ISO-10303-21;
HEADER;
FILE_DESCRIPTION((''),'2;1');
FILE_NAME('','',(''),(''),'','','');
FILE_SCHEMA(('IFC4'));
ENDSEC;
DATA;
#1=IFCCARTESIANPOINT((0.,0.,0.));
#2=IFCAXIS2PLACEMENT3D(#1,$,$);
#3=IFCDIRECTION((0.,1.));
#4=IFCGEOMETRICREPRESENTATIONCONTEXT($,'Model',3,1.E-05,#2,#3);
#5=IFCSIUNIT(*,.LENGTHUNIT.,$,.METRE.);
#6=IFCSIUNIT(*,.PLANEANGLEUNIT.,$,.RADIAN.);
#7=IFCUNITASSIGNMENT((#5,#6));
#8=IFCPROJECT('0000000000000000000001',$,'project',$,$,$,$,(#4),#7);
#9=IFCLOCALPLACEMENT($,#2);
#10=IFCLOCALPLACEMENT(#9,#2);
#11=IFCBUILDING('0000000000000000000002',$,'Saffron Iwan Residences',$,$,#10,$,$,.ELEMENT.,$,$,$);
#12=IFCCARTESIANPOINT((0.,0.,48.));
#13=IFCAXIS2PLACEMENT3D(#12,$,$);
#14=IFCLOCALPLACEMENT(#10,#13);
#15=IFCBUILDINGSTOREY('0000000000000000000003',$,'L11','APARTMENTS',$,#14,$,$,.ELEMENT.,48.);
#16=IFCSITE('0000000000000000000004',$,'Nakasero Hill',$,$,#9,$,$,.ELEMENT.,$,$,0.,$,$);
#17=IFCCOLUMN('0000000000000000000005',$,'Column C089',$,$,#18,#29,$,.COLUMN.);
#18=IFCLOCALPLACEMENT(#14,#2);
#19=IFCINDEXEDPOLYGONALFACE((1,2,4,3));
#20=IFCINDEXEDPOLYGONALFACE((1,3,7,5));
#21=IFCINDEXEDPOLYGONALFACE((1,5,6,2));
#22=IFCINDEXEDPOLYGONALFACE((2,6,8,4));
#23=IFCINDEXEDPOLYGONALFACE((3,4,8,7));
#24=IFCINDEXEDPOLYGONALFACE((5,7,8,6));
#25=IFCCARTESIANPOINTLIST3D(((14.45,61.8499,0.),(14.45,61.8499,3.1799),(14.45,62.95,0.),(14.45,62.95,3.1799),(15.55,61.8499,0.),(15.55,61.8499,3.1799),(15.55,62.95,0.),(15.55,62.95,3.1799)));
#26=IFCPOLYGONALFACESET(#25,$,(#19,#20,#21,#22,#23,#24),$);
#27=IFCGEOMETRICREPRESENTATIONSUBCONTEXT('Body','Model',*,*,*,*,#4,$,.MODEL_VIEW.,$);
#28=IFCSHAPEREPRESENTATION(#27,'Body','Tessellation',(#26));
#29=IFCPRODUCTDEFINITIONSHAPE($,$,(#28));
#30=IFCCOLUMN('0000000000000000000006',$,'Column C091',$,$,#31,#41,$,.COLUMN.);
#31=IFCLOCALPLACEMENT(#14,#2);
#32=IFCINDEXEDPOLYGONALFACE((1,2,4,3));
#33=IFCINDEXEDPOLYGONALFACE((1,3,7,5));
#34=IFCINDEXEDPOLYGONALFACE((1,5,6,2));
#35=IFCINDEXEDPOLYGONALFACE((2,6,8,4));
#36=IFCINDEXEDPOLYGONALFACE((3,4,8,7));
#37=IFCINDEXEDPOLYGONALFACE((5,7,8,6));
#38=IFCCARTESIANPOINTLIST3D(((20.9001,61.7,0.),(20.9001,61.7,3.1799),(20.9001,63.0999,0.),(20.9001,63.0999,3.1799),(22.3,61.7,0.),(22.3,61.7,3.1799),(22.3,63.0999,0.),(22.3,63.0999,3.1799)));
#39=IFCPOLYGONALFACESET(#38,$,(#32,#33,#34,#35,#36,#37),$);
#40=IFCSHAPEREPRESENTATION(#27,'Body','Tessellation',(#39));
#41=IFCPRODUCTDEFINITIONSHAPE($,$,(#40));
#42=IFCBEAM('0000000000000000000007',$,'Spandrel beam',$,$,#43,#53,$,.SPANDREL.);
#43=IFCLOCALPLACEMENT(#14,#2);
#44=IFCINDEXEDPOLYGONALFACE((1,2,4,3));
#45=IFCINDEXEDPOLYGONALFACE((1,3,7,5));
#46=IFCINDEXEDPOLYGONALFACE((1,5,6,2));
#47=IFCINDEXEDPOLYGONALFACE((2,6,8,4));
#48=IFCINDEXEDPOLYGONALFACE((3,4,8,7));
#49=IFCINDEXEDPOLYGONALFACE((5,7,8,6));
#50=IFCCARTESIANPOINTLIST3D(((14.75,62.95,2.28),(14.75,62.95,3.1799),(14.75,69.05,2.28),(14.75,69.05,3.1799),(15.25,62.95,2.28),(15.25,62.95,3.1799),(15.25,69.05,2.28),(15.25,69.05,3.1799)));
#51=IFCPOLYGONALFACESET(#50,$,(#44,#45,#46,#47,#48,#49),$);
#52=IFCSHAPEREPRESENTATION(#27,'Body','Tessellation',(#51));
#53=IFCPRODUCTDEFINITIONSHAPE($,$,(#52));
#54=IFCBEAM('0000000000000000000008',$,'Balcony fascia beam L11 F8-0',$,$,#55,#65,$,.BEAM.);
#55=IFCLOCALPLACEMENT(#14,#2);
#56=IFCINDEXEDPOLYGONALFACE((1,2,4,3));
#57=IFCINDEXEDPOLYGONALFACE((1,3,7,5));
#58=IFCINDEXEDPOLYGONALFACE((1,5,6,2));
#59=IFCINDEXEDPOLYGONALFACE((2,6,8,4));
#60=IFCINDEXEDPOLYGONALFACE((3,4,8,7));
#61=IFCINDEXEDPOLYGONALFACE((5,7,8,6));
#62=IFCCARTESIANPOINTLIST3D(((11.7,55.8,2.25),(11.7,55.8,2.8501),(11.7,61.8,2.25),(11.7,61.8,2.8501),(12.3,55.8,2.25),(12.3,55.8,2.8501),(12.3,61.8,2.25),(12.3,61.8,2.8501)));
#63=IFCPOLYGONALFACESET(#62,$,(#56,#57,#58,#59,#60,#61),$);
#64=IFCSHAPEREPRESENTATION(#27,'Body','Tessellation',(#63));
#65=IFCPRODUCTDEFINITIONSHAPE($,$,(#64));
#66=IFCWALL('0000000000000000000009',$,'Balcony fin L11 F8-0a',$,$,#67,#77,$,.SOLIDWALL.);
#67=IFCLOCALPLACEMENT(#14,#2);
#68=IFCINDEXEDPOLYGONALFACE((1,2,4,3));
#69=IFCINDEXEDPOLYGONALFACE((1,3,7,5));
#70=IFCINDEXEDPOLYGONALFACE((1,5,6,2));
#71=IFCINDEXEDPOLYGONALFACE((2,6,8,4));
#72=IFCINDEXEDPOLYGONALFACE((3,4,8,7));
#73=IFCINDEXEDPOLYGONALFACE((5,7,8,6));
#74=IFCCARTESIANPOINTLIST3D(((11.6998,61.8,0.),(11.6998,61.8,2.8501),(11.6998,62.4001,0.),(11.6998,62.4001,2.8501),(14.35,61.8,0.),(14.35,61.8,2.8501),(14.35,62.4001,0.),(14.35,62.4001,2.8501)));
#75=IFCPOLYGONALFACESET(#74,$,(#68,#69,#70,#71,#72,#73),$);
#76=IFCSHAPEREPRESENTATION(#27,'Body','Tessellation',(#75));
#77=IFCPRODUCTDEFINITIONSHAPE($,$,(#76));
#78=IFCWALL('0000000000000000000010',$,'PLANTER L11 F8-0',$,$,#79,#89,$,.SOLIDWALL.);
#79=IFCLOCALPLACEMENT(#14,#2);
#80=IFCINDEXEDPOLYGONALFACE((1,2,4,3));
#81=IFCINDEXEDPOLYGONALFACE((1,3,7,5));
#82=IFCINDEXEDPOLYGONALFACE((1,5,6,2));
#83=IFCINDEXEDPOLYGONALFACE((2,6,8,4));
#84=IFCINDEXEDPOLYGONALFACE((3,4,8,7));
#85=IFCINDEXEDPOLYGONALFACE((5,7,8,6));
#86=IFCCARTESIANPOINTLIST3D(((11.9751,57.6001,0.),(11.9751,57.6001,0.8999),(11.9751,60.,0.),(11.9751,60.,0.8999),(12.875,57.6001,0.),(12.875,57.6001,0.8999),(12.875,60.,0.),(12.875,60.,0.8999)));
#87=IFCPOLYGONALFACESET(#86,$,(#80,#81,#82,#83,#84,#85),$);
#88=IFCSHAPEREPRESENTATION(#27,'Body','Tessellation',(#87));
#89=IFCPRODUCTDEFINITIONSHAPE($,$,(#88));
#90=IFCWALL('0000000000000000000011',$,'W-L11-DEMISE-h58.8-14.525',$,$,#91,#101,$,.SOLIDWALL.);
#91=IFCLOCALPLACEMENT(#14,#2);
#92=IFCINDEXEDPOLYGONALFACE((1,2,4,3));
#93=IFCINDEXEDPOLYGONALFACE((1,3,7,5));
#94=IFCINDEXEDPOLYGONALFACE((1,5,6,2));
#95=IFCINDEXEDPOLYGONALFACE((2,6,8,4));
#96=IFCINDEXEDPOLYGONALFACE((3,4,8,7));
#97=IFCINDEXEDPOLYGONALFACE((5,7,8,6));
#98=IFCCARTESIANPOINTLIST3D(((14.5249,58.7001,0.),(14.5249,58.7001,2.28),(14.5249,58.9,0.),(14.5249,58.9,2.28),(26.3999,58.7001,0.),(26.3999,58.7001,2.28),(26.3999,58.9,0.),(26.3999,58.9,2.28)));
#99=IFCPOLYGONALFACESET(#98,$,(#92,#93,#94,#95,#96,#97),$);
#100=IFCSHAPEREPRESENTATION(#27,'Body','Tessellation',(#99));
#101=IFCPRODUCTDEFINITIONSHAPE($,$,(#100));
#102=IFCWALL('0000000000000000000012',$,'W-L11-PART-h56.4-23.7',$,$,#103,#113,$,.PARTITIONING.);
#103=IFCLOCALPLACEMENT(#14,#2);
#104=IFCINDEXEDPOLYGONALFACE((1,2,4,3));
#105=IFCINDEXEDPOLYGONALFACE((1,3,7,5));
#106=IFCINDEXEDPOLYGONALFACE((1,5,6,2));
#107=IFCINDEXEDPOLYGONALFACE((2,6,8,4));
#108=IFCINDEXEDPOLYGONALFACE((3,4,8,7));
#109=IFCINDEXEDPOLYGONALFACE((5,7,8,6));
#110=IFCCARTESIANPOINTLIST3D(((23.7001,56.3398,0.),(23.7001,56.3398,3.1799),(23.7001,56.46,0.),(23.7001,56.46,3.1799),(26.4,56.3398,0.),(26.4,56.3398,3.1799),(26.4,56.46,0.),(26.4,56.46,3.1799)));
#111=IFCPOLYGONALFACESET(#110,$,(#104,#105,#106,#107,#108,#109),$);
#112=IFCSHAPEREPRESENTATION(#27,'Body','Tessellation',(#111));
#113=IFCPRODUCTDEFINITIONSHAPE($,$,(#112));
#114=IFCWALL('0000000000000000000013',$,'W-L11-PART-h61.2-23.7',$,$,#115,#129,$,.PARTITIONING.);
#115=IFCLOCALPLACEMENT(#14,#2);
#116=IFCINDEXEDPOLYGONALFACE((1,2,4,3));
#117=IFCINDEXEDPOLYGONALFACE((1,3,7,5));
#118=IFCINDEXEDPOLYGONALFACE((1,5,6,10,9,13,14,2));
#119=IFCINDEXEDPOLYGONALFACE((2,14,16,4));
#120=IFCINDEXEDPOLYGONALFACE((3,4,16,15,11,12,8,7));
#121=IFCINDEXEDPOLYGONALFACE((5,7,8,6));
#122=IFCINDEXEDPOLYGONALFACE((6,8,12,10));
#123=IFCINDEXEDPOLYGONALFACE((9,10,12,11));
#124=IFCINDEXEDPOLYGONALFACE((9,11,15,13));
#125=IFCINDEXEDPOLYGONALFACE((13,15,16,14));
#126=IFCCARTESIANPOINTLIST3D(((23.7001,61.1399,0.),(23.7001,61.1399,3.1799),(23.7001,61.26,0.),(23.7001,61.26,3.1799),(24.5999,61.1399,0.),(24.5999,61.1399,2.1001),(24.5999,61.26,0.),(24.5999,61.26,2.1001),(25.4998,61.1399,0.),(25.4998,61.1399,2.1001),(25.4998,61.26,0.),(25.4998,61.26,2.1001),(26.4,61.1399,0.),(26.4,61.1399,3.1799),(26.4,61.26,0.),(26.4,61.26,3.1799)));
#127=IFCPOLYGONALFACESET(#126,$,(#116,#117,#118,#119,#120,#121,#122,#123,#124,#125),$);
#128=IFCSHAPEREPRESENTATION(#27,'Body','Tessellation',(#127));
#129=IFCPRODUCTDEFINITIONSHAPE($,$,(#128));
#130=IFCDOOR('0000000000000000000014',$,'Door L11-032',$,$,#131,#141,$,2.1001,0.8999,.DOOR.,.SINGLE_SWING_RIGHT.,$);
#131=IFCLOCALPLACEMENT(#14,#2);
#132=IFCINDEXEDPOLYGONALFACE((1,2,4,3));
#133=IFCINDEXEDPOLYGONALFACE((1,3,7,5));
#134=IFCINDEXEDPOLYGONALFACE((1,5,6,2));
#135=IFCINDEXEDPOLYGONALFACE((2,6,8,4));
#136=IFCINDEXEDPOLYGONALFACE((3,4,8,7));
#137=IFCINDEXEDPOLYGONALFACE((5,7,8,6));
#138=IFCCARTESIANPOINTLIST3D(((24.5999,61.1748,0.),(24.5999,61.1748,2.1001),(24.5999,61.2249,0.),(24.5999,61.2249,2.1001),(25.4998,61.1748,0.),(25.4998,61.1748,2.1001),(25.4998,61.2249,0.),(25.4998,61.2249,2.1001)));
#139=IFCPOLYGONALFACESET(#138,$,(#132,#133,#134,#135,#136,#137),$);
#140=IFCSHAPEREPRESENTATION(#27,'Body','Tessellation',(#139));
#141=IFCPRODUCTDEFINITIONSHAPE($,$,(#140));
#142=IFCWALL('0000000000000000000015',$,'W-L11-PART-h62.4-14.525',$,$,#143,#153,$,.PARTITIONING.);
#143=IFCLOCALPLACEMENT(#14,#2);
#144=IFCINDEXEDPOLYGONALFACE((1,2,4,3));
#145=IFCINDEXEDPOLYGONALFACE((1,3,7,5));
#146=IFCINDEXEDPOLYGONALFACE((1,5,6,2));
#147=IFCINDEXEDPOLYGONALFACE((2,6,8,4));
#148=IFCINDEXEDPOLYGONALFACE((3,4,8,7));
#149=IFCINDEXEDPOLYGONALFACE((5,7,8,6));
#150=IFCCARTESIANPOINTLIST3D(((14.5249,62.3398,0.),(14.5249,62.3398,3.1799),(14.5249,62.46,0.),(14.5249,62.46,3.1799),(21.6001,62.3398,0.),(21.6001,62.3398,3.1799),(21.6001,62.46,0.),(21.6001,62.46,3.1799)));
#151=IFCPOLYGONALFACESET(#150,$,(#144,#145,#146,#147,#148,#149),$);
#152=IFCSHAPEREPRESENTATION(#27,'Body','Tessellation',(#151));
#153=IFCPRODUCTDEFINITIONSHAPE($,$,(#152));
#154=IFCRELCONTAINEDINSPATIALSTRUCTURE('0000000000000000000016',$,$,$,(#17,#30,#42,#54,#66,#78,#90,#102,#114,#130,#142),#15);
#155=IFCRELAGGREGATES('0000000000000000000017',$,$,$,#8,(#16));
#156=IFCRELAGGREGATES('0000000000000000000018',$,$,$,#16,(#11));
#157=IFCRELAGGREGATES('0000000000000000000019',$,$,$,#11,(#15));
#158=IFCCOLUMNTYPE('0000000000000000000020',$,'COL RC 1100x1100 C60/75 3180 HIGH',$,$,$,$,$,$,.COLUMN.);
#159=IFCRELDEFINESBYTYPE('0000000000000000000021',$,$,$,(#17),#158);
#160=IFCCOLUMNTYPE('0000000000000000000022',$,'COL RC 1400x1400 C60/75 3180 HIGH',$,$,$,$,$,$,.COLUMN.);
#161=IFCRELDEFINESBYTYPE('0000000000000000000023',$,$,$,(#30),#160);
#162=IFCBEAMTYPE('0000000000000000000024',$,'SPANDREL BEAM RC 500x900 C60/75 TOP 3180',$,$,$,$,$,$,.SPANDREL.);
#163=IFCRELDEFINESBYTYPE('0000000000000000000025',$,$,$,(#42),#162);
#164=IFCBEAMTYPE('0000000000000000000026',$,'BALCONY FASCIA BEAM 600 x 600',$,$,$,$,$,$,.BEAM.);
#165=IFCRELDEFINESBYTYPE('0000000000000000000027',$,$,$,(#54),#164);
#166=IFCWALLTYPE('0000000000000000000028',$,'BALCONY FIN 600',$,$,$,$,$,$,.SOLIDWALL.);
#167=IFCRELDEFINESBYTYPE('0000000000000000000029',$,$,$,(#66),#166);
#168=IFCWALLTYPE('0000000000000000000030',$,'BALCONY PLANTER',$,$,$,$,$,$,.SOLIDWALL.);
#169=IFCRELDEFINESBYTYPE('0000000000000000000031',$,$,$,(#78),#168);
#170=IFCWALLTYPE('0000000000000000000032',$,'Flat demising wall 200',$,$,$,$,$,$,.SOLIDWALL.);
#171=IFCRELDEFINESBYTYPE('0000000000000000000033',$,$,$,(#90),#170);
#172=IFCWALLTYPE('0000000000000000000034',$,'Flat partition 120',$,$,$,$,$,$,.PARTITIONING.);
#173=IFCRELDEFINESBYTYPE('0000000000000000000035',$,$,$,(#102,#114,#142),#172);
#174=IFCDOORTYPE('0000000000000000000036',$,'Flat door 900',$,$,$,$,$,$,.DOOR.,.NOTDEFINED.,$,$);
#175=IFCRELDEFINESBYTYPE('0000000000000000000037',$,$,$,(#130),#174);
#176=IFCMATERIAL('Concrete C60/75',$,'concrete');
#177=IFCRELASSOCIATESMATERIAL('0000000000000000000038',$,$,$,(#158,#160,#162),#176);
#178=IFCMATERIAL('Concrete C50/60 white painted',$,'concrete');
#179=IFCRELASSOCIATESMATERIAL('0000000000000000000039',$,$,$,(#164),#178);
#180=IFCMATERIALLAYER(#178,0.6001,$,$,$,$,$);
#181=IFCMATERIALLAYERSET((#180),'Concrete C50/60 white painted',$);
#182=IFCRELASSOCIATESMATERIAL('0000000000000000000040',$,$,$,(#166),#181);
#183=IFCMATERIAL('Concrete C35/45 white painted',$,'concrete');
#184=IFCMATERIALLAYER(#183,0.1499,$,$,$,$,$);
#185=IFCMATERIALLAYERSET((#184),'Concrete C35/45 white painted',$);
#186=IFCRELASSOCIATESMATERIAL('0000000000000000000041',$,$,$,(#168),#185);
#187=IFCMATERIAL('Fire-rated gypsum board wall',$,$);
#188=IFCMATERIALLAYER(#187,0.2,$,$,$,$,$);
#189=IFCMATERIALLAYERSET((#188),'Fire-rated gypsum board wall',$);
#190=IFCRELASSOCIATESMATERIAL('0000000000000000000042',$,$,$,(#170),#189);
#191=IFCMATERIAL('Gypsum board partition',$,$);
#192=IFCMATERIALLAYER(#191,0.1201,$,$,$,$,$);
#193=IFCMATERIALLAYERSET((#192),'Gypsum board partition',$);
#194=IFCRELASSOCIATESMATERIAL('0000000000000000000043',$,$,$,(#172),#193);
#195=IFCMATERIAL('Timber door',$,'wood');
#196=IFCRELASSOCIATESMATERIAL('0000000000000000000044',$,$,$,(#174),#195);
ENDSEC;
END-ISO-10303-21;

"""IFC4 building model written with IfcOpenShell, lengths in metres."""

from ifc_helpers import new_model, si_unit, direction, frame, frame_2d, origin, origin_2d, place, context, subcontext, project, spatial, rectangle, extrude, source, transform, mapped, material, layer, layer_set, material_profile, profile_set, type_object, element, fill, save


model = new_model("IFC4")

# Units and contexts
model_context = context("Model", 3, precision=1e-05, world=origin(), true_north=direction((0.0, 1.0)))
body_context = subcontext(model_context, "Body", "Model", "MODEL_VIEW")
ifc_project = project(units=[si_unit("LENGTHUNIT", "METRE"), si_unit("PLANEANGLEUNIT", "RADIAN")], contexts=[model_context])

# Site, building, storey
site_placement = place(None, origin())
site = spatial("IfcSite", under=ifc_project, at=site_placement, Name="Nakasero Hill", CompositionType="ELEMENT", RefElevation=0.0)
building_placement = place(site_placement, origin())
building = spatial("IfcBuilding", under=site, at=building_placement, Name="Saffron Iwan Residences", CompositionType="ELEMENT")
storey_placement = place(building_placement, frame((0.0, 0.0, 48.0)))
storey = spatial("IfcBuildingStorey", under=building, at=storey_placement, Name="L11", Description="APARTMENTS", CompositionType="ELEMENT", Elevation=48.0)

# Columns
ifc_material_1 = material(Name="Concrete C60/75", Category="concrete")
ifc_material_profile_1 = material_profile(ifc_material_1, rectangle(XDim=1.1001, YDim=1.1001, at=origin_2d()), Name="RC 1100x1100")
ifc_profile_set_1 = profile_set([ifc_material_profile_1], Name="Concrete C60/75")
column_type_1 = type_object("IfcColumnType", Name="COL RC 1100x1100 C60/75 3180 HIGH", PredefinedType="COLUMN", material=ifc_profile_set_1)
shared_shape_1 = source(origin(), body_context, "Body", "SweptSolid", [
    extrude(rectangle(XDim=1.1001, YDim=1.1001, at=origin_2d()), origin(), (0.0, 0.0, 1.0), 3.1799),
])
column_1_placement = place(storey_placement, frame((15.0, 62.3999, 0.0), z_axis=(0.0, 0.0, 1.0), x_axis=(1.0, 0.0, 0.0)))
element("IfcColumn", 1, at=column_1_placement, inside=storey, type_object=column_type_1, Name="Column C089", PredefinedType="COLUMN", context=body_context, shape_type="MappedRepresentation", body=[
    mapped(shared_shape_1, transform((0.0, 0.0, 0.0))),
])
ifc_material_profile_2 = material_profile(ifc_material_1, rectangle(XDim=1.3999, YDim=1.3999, at=origin_2d()), Name="RC 1400x1400")
ifc_profile_set_2 = profile_set([ifc_material_profile_2], Name="Concrete C60/75")
column_type_2 = type_object("IfcColumnType", Name="COL RC 1400x1400 C60/75 3180 HIGH", PredefinedType="COLUMN", material=ifc_profile_set_2)
shared_shape_2 = source(origin(), body_context, "Body", "SweptSolid", [
    extrude(rectangle(XDim=1.3999, YDim=1.3999, at=origin_2d()), origin(), (0.0, 0.0, 1.0), 3.1799),
])
column_2_placement = place(storey_placement, frame((21.6001, 62.3999, 0.0), z_axis=(0.0, 0.0, 1.0), x_axis=(1.0, 0.0, 0.0)))
element("IfcColumn", 2, at=column_2_placement, inside=storey, type_object=column_type_2, Name="Column C091", PredefinedType="COLUMN", context=body_context, shape_type="MappedRepresentation", body=[
    mapped(shared_shape_2, transform((0.0, 0.0, 0.0))),
])

# Beams
ifc_material_profile_3 = material_profile(ifc_material_1, rectangle(XDim=0.5, YDim=0.8999, at=origin_2d()), Name="RC 500x900")
ifc_profile_set_3 = profile_set([ifc_material_profile_3], Name="Concrete C60/75")
beam_type_1 = type_object("IfcBeamType", Name="SPANDREL BEAM RC 500x900 C60/75 TOP 3180", PredefinedType="SPANDREL", material=ifc_profile_set_3)
shared_shape_3 = source(origin(), body_context, "Body", "SweptSolid", [
    extrude(rectangle(XDim=0.5, YDim=0.8999, at=origin_2d()), origin(), (0.0, 0.0, 1.0), 6.1001),
])
beam_1_placement = place(storey_placement, frame((15.0, 62.95, 2.73), z_axis=(0.0, 1.0, 0.0), x_axis=(-1.0, 0.0, 0.0)))
element("IfcBeam", 3, at=beam_1_placement, inside=storey, type_object=beam_type_1, Name="Spandrel beam", PredefinedType="SPANDREL", context=body_context, shape_type="MappedRepresentation", body=[
    mapped(shared_shape_3, transform((0.0, 0.0, 0.0))),
])
ifc_material_2 = material(Name="Concrete C50/60 white painted", Category="concrete")
ifc_material_profile_4 = material_profile(ifc_material_2, rectangle(XDim=0.6001, YDim=0.6001, at=origin_2d()), Name="BALCONY FASCIA BEAM 600 x 600")
ifc_profile_set_4 = profile_set([ifc_material_profile_4], Name="Concrete C50/60 white painted")
beam_type_2 = type_object("IfcBeamType", Name="BALCONY FASCIA BEAM 600 x 600", PredefinedType="BEAM", material=ifc_profile_set_4)
shared_shape_4 = source(origin(), body_context, "Body", "SweptSolid", [
    extrude(rectangle(XDim=0.6001, YDim=0.6001, at=origin_2d()), origin(), (0.0, 0.0, 1.0), 6.0),
])
beam_2_placement = place(storey_placement, frame((12.0, 61.8, 2.55), z_axis=(0.0, -1.0, 0.0), x_axis=(1.0, 0.0, 0.0)))
element("IfcBeam", 4, at=beam_2_placement, inside=storey, type_object=beam_type_2, Name="Balcony fascia beam L11 F8-0", PredefinedType="BEAM", context=body_context, shape_type="MappedRepresentation", body=[
    mapped(shared_shape_4, transform((0.0, 0.0, 0.0))),
])

# Walls
ifc_layer_1 = layer(ifc_material_2, 0.6001)
ifc_layer_set_1 = layer_set([ifc_layer_1], Name="Concrete C50/60 white painted")
wall_type_1 = type_object("IfcWallType", Name="BALCONY FIN 600", PredefinedType="SOLIDWALL", material=ifc_layer_set_1)
wall_1_placement = place(storey_placement, frame((14.3501, 62.1001, 0.0), z_axis=(0.0, 0.0, 1.0), x_axis=(-1.0, 0.0, 0.0)))
element("IfcWall", 5, at=wall_1_placement, inside=storey, type_object=wall_type_1, Name="Balcony fin L11 F8-0a", PredefinedType="SOLIDWALL", context=body_context, shape_type="SweptSolid", body=[
    extrude(rectangle(XDim=2.6501, YDim=0.6001, at=frame_2d((1.3252, 0.0))), origin(), (0.0, 0.0, 1.0), 2.8501),
])
ifc_material_3 = material(Name="Concrete C35/45 white painted", Category="concrete")
ifc_layer_2 = layer(ifc_material_3, 0.1499)
ifc_layer_set_2 = layer_set([ifc_layer_2], Name="Concrete C35/45 white painted")
wall_type_2 = type_object("IfcWallType", Name="BALCONY PLANTER", PredefinedType="SOLIDWALL", material=ifc_layer_set_2)
wall_2_placement = place(storey_placement, frame((12.425, 60.0, 0.0), z_axis=(0.0, 0.0, 1.0), x_axis=(0.0, -1.0, 0.0)))
element("IfcWall", 6, at=wall_2_placement, inside=storey, type_object=wall_type_2, Name="PLANTER L11 F8-0", PredefinedType="SOLIDWALL", context=body_context, shape_type="SweptSolid", body=[
    extrude(rectangle(XDim=2.3999, YDim=0.8999, at=frame_2d((1.2, 0.0))), origin(), (0.0, 0.0, 1.0), 0.8999),
])

# Walls
ifc_material_4 = material(Name="Fire-rated gypsum board wall")
ifc_layer_3 = layer(ifc_material_4, 0.2)
ifc_layer_set_3 = layer_set([ifc_layer_3], Name="Fire-rated gypsum board wall")
wall_type_3 = type_object("IfcWallType", Name="Flat demising wall 200", PredefinedType="SOLIDWALL", material=ifc_layer_set_3)
wall_3_placement = place(storey_placement, frame((14.5249, 58.8, 0.0), z_axis=(0.0, 0.0, 1.0), x_axis=(1.0, 0.0, 0.0)))
element("IfcWall", 7, at=wall_3_placement, inside=storey, type_object=wall_type_3, Name="W-L11-DEMISE-h58.8-14.525", PredefinedType="SOLIDWALL", context=body_context, shape_type="SweptSolid", body=[
    extrude(rectangle(XDim=11.875, YDim=0.2, at=frame_2d((5.9375, 0.0))), origin(), (0.0, 0.0, 1.0), 2.28),
])
ifc_material_5 = material(Name="Gypsum board partition")
ifc_layer_4 = layer(ifc_material_5, 0.1201)
ifc_layer_set_4 = layer_set([ifc_layer_4], Name="Gypsum board partition")
wall_type_4 = type_object("IfcWallType", Name="Flat partition 120", PredefinedType="PARTITIONING", material=ifc_layer_set_4)
wall_4_placement = place(storey_placement, frame((23.7, 56.3999, 0.0), z_axis=(0.0, 0.0, 1.0), x_axis=(1.0, 0.0, 0.0)))
element("IfcWall", 8, at=wall_4_placement, inside=storey, type_object=wall_type_4, Name="W-L11-PART-h56.4-23.7", PredefinedType="PARTITIONING", context=body_context, shape_type="SweptSolid", body=[
    extrude(rectangle(XDim=2.7, YDim=0.1201, at=frame_2d((1.3501, 0.0))), origin(), (0.0, 0.0, 1.0), 3.1799),
])

# Wall, opening, door
wall_5_placement = place(storey_placement, frame((23.7, 61.2, 0.0), z_axis=(0.0, 0.0, 1.0), x_axis=(1.0, 0.0, 0.0)))
wall_5 = element("IfcWall", 9, at=wall_5_placement, inside=storey, type_object=wall_type_4, Name="W-L11-PART-h61.2-23.7", PredefinedType="PARTITIONING", context=body_context, shape_type="SweptSolid", body=[
    extrude(rectangle(XDim=2.7, YDim=0.1201, at=frame_2d((1.3501, 0.0))), origin(), (0.0, 0.0, 1.0), 3.1799),
])
opening_1_placement = place(wall_5_placement, frame((0.8999, 0.0, 0.0)))
opening_1 = element("IfcOpeningElement", 10, at=opening_1_placement, cuts=wall_5, PredefinedType="OPENING", context=body_context, shape_type="SweptSolid", body=[
    extrude(rectangle(XDim=0.8999, YDim=2.1001, at=frame_2d((0.45, 1.05))), frame((0.0, 0.0701, 0.0), z_axis=(0.0, -1.0, 0.0), x_axis=(1.0, 0.0, 0.0)), (0.0, 0.0, 1.0), 0.1401),
])
ifc_material_6 = material(Name="Timber door", Category="wood")
door_type_1 = type_object("IfcDoorType", Name="Flat door 900", OperationType="NOTDEFINED", PredefinedType="DOOR", material=ifc_material_6)
door_1_placement = place(opening_1_placement, origin())
door_1 = element("IfcDoor", 11, at=door_1_placement, inside=storey, type_object=door_type_1, Name="Door L11-032", OperationType="SINGLE_SWING_RIGHT", OverallHeight=2.1001, OverallWidth=0.8999, PredefinedType="DOOR", context=body_context, shape_type="SweptSolid", body=[
    extrude(rectangle(XDim=0.8999, YDim=2.1001, at=frame_2d((0.45, 1.05))), frame((0.0, 0.0249, 0.0), z_axis=(0.0, -1.0, 0.0), x_axis=(1.0, 0.0, 0.0)), (0.0, 0.0, 1.0), 0.05),
])
fill(opening_1, door_1)

# Wall
wall_6_placement = place(storey_placement, frame((14.5249, 62.3999, 0.0), z_axis=(0.0, 0.0, 1.0), x_axis=(1.0, 0.0, 0.0)))
element("IfcWall", 12, at=wall_6_placement, inside=storey, type_object=wall_type_4, Name="W-L11-PART-h62.4-14.525", PredefinedType="PARTITIONING", context=body_context, shape_type="SweptSolid", body=[
    extrude(rectangle(XDim=7.0752, YDim=0.1201, at=frame_2d((3.5376, 0.0))), origin(), (0.0, 0.0, 1.0), 3.1799),
])

save(model, "model.ifc")
